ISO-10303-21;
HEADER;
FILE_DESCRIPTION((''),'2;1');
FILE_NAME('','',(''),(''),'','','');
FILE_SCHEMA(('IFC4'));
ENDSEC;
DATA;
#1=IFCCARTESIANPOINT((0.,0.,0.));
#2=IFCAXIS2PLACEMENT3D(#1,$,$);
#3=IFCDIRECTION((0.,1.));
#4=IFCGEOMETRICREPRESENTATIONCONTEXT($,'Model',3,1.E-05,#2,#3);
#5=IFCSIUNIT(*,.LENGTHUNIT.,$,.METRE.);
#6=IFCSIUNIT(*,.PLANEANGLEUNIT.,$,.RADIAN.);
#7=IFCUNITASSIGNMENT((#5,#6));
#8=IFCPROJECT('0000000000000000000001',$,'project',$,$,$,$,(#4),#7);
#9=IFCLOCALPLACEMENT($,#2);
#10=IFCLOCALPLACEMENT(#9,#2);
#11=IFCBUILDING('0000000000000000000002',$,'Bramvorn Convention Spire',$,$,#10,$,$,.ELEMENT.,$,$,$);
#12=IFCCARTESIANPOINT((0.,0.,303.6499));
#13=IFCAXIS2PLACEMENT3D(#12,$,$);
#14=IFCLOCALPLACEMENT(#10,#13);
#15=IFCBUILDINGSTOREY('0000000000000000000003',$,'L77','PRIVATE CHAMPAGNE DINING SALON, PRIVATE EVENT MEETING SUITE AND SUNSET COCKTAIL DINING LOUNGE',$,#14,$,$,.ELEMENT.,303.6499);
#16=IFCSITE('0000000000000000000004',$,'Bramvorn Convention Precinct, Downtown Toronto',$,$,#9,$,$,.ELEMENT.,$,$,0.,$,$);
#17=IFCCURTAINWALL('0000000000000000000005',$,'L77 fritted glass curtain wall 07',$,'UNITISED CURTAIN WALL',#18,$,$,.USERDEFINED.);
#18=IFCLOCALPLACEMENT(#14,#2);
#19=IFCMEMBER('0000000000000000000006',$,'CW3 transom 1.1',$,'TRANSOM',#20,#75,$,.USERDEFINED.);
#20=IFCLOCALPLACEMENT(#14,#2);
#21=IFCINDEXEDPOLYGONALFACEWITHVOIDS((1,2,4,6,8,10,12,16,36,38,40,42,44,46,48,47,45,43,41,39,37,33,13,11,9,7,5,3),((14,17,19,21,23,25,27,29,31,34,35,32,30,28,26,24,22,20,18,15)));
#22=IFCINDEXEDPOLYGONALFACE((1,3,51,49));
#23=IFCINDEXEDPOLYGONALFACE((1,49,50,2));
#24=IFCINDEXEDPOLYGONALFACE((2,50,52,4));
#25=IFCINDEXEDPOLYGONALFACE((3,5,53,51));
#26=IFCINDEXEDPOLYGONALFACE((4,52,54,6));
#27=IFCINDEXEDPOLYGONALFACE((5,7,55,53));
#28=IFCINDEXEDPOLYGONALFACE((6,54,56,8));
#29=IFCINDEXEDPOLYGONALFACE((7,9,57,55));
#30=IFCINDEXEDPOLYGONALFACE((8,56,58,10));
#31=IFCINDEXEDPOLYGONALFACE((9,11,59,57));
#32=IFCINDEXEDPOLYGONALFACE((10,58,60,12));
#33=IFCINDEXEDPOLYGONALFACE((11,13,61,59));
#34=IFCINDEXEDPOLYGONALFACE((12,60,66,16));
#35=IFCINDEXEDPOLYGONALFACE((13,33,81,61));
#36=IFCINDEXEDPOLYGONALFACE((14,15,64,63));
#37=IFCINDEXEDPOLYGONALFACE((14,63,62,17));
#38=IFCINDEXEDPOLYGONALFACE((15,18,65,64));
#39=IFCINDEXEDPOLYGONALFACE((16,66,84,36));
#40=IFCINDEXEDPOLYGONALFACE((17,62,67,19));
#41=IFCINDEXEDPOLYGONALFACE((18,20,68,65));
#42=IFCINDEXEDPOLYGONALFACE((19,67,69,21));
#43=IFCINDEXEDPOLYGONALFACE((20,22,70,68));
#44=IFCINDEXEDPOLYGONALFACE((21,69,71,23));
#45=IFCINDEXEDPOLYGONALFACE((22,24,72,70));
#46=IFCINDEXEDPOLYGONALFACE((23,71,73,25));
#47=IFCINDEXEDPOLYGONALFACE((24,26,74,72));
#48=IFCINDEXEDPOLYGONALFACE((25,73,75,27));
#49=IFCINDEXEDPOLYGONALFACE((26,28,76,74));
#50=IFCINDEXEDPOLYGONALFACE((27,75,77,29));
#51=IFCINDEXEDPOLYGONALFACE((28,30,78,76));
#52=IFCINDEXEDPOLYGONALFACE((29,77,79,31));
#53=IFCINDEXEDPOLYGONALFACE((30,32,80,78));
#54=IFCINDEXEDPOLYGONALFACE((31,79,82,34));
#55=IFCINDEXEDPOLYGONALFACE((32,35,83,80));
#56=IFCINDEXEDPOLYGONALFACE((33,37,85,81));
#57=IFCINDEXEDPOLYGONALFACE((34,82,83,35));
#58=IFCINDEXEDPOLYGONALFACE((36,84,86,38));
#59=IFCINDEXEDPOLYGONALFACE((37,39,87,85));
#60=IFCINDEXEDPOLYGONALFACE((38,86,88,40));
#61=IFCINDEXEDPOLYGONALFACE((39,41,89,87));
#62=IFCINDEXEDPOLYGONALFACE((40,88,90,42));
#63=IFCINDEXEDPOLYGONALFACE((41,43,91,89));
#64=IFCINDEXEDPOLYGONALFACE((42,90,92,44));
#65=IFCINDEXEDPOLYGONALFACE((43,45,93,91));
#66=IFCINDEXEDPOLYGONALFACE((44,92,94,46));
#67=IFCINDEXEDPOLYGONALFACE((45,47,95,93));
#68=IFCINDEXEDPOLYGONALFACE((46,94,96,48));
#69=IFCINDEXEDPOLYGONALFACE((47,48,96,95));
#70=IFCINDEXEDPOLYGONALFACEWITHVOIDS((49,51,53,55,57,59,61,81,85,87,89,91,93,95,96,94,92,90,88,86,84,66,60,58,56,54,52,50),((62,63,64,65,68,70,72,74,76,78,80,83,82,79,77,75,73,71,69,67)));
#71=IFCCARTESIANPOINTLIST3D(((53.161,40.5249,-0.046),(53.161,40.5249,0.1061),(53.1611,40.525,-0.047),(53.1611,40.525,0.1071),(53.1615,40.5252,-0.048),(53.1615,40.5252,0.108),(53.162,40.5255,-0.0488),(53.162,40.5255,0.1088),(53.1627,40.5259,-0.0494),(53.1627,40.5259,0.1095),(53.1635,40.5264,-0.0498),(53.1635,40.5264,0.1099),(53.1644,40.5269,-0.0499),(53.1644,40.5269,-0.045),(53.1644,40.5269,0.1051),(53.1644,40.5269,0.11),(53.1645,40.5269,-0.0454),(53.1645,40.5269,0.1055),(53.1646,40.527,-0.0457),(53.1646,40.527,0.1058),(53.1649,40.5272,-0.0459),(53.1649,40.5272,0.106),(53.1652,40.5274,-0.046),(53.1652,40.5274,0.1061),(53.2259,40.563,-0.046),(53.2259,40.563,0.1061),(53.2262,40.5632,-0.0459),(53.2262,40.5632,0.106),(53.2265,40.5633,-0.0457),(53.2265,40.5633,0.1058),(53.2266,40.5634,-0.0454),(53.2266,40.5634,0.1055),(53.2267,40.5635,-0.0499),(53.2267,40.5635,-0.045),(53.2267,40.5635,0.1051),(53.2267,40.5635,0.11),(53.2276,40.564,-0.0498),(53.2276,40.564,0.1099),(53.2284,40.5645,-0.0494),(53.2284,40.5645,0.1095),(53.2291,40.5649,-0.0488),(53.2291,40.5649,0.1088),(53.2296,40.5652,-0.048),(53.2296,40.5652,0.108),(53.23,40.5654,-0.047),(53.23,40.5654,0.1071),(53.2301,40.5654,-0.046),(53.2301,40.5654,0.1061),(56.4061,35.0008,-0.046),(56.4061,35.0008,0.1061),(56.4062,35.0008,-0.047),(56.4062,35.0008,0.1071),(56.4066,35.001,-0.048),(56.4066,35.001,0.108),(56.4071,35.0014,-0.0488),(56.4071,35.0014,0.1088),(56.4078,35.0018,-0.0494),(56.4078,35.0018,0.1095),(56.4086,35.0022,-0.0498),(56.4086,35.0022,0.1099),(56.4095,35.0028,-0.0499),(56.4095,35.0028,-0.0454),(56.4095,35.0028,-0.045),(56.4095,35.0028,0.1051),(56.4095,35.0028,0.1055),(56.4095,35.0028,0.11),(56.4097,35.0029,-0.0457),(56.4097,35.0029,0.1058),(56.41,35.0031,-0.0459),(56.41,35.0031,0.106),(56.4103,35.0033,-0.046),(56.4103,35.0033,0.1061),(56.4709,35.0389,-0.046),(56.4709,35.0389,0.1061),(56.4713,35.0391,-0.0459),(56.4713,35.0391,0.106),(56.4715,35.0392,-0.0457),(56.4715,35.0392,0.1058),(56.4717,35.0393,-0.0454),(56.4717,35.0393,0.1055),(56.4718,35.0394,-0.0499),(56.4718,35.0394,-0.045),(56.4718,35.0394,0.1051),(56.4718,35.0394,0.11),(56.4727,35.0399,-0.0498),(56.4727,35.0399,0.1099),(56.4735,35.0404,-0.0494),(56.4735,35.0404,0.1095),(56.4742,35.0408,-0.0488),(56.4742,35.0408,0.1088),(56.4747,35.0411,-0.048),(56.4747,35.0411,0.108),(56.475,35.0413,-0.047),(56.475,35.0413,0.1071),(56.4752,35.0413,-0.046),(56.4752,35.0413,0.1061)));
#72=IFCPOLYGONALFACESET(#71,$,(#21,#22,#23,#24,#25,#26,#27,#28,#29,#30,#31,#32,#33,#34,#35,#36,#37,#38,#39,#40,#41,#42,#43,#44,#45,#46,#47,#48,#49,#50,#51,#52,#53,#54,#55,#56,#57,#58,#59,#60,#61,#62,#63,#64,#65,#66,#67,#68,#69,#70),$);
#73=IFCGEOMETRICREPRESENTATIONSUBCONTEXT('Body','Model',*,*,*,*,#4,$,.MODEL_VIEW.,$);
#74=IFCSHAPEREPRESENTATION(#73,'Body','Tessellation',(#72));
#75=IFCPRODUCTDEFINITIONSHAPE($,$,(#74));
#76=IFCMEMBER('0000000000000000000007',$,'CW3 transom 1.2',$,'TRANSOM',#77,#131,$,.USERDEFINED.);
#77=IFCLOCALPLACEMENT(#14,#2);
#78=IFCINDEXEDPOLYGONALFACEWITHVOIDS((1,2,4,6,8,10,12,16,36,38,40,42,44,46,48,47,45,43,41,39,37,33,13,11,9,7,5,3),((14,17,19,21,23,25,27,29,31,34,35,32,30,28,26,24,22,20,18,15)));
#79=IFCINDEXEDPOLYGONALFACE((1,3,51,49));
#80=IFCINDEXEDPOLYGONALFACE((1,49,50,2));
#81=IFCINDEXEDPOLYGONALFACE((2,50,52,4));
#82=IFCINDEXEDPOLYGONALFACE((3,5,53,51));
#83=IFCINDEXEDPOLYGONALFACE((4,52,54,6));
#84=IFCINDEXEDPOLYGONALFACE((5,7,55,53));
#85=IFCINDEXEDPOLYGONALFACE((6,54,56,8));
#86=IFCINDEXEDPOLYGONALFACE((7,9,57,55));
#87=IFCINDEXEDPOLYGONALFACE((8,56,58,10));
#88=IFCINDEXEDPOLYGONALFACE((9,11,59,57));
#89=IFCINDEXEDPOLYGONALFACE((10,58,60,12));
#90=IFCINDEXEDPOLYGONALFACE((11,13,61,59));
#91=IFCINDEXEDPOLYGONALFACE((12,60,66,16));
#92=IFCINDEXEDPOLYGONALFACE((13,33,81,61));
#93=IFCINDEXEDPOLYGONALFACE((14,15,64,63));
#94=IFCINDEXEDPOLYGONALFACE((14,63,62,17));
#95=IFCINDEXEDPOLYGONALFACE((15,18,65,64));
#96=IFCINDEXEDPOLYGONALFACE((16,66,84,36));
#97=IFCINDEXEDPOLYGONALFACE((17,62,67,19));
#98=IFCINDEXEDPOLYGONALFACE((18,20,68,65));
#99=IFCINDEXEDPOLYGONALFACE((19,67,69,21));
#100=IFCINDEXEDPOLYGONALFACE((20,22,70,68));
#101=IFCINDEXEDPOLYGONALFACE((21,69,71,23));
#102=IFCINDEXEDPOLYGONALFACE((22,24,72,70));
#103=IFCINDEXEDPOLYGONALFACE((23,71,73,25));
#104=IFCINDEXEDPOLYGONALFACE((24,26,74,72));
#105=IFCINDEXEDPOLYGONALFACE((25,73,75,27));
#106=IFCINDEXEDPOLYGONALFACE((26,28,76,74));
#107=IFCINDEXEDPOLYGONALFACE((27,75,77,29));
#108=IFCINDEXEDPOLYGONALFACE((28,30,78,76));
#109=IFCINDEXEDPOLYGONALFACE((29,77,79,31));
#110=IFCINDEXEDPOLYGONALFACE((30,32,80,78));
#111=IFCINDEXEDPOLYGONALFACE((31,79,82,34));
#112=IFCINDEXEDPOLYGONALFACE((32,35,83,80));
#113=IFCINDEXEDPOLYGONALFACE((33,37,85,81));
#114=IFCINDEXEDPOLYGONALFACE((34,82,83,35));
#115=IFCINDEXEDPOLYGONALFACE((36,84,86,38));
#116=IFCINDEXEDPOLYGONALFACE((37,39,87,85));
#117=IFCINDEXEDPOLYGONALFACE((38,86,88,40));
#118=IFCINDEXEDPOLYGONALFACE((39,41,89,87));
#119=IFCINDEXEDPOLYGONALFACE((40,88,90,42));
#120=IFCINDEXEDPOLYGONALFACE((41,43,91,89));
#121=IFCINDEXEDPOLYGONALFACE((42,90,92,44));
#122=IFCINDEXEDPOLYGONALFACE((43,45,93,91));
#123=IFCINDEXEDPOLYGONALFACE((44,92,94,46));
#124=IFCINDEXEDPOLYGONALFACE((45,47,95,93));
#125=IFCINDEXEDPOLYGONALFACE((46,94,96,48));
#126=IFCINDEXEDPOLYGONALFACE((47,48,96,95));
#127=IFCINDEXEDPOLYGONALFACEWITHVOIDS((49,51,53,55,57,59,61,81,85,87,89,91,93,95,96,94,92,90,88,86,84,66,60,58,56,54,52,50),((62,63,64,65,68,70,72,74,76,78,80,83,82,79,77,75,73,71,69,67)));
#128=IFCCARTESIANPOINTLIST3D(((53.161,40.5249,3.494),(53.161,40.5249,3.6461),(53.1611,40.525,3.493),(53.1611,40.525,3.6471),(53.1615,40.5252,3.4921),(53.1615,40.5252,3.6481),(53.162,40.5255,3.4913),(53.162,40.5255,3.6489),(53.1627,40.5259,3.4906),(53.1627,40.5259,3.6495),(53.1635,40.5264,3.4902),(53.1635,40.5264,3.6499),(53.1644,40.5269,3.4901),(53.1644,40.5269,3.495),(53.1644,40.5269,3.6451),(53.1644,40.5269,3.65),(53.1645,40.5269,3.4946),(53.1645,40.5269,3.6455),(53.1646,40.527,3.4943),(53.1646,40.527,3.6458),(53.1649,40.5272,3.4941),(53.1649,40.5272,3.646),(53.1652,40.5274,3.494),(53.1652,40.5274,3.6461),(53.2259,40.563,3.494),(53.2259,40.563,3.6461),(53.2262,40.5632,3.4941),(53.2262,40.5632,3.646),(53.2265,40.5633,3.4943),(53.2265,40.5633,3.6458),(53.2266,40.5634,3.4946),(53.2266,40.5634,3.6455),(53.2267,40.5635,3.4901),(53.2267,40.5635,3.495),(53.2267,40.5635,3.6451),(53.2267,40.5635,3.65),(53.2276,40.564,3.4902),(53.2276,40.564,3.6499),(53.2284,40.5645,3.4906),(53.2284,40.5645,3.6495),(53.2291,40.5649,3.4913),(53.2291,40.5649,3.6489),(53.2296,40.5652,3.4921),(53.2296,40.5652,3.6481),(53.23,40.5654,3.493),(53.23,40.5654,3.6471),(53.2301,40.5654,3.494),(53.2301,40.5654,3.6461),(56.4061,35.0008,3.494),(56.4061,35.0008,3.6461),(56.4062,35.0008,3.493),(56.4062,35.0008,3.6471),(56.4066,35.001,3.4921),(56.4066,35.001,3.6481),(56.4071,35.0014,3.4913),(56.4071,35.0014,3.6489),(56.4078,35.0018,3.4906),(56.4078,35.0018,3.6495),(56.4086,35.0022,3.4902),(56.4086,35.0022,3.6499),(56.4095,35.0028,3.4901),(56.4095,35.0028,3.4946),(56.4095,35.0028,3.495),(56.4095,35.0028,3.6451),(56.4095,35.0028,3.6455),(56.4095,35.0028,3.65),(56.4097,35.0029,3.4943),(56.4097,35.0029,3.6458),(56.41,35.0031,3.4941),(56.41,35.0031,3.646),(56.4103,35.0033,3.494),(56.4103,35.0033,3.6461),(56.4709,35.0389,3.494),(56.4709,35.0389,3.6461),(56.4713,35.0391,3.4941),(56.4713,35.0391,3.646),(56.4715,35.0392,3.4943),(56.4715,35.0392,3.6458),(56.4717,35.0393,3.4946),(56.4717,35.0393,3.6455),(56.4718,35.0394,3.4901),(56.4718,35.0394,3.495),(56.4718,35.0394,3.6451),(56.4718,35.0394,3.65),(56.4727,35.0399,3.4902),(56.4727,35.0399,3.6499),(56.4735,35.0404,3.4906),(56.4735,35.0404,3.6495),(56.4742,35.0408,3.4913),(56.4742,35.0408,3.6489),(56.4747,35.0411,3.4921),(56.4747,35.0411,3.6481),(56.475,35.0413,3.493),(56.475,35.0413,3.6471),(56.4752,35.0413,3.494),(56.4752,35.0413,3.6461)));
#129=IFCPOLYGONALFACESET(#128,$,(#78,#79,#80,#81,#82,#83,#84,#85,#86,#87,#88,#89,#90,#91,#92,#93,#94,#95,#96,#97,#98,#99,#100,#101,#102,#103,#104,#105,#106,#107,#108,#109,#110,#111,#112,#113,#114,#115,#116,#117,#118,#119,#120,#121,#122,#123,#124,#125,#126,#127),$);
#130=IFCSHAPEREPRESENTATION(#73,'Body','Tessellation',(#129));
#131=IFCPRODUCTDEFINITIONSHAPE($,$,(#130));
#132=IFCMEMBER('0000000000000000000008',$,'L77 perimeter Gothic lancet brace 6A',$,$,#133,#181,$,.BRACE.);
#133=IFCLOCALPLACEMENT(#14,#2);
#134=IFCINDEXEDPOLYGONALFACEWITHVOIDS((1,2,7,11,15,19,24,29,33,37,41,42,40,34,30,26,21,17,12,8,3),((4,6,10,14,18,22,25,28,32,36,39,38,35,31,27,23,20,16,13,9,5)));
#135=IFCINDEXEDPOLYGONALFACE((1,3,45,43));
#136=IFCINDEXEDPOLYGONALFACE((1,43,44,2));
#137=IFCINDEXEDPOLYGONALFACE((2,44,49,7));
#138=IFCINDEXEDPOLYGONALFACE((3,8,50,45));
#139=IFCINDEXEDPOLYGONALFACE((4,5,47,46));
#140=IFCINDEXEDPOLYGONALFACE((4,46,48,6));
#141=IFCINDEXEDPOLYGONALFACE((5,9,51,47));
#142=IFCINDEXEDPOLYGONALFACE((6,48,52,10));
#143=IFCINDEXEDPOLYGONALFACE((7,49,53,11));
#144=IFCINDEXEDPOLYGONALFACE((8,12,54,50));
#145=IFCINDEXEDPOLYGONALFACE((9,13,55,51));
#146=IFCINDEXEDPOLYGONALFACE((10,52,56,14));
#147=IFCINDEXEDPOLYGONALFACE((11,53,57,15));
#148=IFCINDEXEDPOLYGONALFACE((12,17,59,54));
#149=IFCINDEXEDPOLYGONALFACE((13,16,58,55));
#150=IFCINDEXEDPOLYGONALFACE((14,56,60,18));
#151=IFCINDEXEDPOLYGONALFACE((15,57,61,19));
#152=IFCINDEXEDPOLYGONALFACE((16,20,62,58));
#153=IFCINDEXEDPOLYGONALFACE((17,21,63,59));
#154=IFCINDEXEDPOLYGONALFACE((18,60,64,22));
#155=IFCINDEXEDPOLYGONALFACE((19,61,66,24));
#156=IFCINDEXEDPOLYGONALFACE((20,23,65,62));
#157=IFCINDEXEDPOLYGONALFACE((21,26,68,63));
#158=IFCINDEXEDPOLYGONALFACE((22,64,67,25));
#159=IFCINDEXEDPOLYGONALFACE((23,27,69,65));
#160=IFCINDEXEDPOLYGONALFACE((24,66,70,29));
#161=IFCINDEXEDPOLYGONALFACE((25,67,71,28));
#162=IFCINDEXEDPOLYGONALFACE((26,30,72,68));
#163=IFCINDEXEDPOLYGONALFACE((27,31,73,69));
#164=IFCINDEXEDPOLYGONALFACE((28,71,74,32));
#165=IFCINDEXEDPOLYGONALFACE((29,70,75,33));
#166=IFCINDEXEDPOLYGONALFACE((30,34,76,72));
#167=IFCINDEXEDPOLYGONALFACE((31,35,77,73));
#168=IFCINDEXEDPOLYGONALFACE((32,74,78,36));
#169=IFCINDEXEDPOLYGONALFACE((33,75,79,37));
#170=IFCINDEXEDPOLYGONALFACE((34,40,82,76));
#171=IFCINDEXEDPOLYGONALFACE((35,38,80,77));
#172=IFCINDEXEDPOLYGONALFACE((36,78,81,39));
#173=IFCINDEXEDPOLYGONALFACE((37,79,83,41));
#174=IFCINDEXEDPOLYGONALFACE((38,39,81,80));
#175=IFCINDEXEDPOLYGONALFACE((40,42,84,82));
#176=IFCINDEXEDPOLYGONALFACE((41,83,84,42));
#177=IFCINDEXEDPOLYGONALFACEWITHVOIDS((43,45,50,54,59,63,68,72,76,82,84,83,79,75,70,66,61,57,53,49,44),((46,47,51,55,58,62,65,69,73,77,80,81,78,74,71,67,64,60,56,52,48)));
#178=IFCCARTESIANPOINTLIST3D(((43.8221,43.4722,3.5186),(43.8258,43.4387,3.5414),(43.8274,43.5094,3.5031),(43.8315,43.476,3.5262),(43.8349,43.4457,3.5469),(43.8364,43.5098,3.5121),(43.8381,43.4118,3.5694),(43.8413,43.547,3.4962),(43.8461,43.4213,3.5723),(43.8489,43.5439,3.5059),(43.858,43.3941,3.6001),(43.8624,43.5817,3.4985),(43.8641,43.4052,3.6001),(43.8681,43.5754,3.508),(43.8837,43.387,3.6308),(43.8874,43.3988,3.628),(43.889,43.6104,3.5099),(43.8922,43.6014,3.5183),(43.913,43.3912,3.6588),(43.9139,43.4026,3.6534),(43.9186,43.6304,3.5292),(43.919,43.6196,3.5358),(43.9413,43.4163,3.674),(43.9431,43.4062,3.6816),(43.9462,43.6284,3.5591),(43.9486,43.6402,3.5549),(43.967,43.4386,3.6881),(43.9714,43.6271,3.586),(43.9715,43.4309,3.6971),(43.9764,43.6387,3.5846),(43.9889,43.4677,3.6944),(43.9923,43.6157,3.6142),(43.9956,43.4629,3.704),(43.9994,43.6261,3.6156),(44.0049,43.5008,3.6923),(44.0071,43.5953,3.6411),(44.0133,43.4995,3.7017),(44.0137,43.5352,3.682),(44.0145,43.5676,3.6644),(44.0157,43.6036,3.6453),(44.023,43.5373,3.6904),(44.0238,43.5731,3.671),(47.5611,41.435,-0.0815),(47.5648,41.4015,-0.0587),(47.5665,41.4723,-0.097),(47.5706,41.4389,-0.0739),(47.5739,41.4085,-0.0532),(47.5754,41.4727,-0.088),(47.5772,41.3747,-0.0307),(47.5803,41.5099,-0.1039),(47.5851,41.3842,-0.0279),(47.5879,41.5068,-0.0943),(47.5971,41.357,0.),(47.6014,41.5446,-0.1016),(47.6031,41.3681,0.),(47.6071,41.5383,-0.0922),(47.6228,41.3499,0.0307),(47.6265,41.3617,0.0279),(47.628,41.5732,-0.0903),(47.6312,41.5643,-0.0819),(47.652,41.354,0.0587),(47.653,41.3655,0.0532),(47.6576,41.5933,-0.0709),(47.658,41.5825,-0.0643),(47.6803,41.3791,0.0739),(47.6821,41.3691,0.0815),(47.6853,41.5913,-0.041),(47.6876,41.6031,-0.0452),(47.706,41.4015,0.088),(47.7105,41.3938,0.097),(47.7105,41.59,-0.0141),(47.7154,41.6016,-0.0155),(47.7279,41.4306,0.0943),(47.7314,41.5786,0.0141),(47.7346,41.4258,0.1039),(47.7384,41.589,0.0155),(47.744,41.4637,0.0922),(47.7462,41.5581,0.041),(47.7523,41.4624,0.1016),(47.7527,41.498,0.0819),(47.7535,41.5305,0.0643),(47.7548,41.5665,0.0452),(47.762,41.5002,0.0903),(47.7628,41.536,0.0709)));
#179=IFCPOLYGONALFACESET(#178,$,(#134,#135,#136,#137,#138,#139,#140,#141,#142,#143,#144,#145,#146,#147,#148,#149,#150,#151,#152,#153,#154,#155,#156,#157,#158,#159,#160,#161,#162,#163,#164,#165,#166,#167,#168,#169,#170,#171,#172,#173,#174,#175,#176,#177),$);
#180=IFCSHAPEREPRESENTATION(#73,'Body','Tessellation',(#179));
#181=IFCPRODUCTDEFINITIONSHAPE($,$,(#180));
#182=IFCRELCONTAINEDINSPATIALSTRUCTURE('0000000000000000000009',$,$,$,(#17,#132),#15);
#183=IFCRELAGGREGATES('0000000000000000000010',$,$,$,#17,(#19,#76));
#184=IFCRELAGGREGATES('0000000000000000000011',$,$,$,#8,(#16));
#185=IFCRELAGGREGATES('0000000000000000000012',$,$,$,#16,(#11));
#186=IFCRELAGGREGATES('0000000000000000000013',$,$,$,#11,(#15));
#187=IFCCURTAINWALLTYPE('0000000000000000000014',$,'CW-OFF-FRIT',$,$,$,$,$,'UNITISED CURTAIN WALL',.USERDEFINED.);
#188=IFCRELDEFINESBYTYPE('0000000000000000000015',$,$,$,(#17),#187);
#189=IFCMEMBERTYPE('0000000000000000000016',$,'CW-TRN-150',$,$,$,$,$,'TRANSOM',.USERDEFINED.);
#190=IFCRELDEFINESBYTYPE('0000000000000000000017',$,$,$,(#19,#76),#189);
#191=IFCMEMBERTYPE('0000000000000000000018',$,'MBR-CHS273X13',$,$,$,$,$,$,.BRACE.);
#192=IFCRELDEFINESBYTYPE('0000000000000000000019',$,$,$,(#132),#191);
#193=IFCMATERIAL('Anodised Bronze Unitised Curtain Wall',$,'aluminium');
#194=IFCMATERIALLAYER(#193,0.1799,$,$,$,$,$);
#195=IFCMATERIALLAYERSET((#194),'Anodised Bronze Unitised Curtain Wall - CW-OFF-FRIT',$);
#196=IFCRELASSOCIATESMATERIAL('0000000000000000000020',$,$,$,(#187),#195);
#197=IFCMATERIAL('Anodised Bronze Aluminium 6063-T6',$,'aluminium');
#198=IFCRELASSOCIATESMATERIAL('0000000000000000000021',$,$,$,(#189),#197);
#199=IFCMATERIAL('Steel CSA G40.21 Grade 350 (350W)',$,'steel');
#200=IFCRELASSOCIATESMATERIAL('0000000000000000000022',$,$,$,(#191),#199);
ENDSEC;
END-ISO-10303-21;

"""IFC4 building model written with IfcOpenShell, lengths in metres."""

from ifc_helpers import new_model, si_unit, direction, frame, origin, origin_2d, place, context, subcontext, project, spatial, hollow_rectangle, hollow_circle, extrude, material, layer, layer_set, material_profile, profile_set, type_object, element, aggregate, save


model = new_model("IFC4")

# Units and contexts
model_context = context("Model", 3, precision=1e-05, world=origin(), true_north=direction((0.0, 1.0)))
body_context = subcontext(model_context, "Body", "Model", "MODEL_VIEW")
ifc_project = project(units=[si_unit("LENGTHUNIT", "METRE"), si_unit("PLANEANGLEUNIT", "RADIAN")], contexts=[model_context])

# Site, building, storey
site_placement = place(None, origin())
site = spatial("IfcSite", under=ifc_project, at=site_placement, Name="Bramvorn Convention Precinct, Downtown Toronto", CompositionType="ELEMENT", RefElevation=0.0)
building_placement = place(site_placement, origin())
building = spatial("IfcBuilding", under=site, at=building_placement, Name="Bramvorn Convention Spire", CompositionType="ELEMENT")
storey_placement = place(building_placement, frame((0.0, 0.0, 303.6499)))
storey = spatial("IfcBuildingStorey", under=building, at=storey_placement, Name="L77", Description="PRIVATE CHAMPAGNE DINING SALON, PRIVATE EVENT MEETING SUITE AND SUNSET COCKTAIL DINING LOUNGE", CompositionType="ELEMENT", Elevation=303.6499)

# Shared definitions
ifc_material_1 = material(Name="Steel CSA G40.21 Grade 350 (350W)", Category="steel")

# Shared definitions
ifc_material_2 = material(Name="Anodised Bronze Unitised Curtain Wall", Category="aluminium")
ifc_layer_1 = layer(ifc_material_2, 0.1799)
ifc_layer_set_1 = layer_set([ifc_layer_1], Name="Anodised Bronze Unitised Curtain Wall - CW-OFF-FRIT")
curtain_wall_type = type_object("IfcCurtainWallType", Name="CW-OFF-FRIT", ElementType="UNITISED CURTAIN WALL", PredefinedType="USERDEFINED", material=ifc_layer_set_1)
ifc_material_3 = material(Name="Anodised Bronze Aluminium 6063-T6", Category="aluminium")

# Curtain wall
curtain_wall_1_placement = place(storey_placement, origin())
curtain_wall_1 = element("IfcCurtainWall", 1, at=curtain_wall_1_placement, inside=storey, type_object=curtain_wall_type, Name="L77 fritted glass curtain wall 07", ObjectType="UNITISED CURTAIN WALL", PredefinedType="USERDEFINED")

# Members
ifc_material_profile_1 = material_profile(ifc_material_3, hollow_rectangle(XDim=0.0801, YDim=0.1599, WallThickness=0.0039, InnerFilletRadius=0.001, OuterFilletRadius=0.0039, at=origin_2d()))
ifc_profile_set_1 = profile_set([ifc_material_profile_1], Name="Anodised Bronze Aluminium 6063-T6 - CWT80X160")
member_type_1 = type_object("IfcMemberType", Name="CW-TRN-150", ElementType="TRANSOM", PredefinedType="USERDEFINED", material=ifc_profile_set_1)
member_1_placement = place(storey_placement, frame((53.1956, 40.5452, 0.03), z_axis=(0.50651, -0.862234, 0.0), x_axis=(0.862234, 0.50651, 0.0)))
member_1 = element("IfcMember", 2, at=member_1_placement, type_object=member_type_1, Name="CW3 transom 1.1", ObjectType="TRANSOM", PredefinedType="USERDEFINED", context=body_context, shape_type="SweptSolid", body=[
    extrude(hollow_rectangle(XDim=0.0801, YDim=0.1599, WallThickness=0.0039, InnerFilletRadius=0.001, OuterFilletRadius=0.0039, at=origin_2d()), origin(), (0.0, 0.0, 1.0), 6.4067),
])
member_2_placement = place(storey_placement, frame((53.1956, 40.5452, 3.5701), z_axis=(0.50651, -0.862234, 0.0), x_axis=(0.862234, 0.50651, 0.0)))
member_2 = element("IfcMember", 3, at=member_2_placement, type_object=member_type_1, Name="CW3 transom 1.2", ObjectType="TRANSOM", PredefinedType="USERDEFINED", context=body_context, shape_type="SweptSolid", body=[
    extrude(hollow_rectangle(XDim=0.0801, YDim=0.1599, WallThickness=0.0039, InnerFilletRadius=0.001, OuterFilletRadius=0.0039, at=origin_2d()), origin(), (0.0, 0.0, 1.0), 6.4067),
])

# Member
ifc_material_profile_2 = material_profile(ifc_material_1, hollow_circle(Radius=0.1365, WallThickness=0.0127, at=origin_2d()))
ifc_profile_set_2 = profile_set([ifc_material_profile_2], Name="Steel CSA G40.21 Grade 350 (350W) - CHS273X13")
member_type_2 = type_object("IfcMemberType", Name="MBR-CHS273X13", PredefinedType="BRACE", material=ifc_profile_set_2)
member_3_placement = place(storey_placement, frame((47.6624, 41.4768, 0.0), z_axis=(-0.670566, 0.365341, 0.645652), x_axis=(-0.478426, -0.878128, 0.0)))
element("IfcMember", 4, at=member_3_placement, inside=storey, type_object=member_type_2, Name="L77 perimeter Gothic lancet brace 6A", PredefinedType="BRACE", context=body_context, shape_type="SweptSolid", body=[
    extrude(hollow_circle(Radius=0.1365, WallThickness=0.0127, at=origin_2d()), origin(), (0.0, 0.0, 1.0), 5.5759),
])

aggregate(curtain_wall_1, [member_1, member_2])

save(model, "model.ifc")
